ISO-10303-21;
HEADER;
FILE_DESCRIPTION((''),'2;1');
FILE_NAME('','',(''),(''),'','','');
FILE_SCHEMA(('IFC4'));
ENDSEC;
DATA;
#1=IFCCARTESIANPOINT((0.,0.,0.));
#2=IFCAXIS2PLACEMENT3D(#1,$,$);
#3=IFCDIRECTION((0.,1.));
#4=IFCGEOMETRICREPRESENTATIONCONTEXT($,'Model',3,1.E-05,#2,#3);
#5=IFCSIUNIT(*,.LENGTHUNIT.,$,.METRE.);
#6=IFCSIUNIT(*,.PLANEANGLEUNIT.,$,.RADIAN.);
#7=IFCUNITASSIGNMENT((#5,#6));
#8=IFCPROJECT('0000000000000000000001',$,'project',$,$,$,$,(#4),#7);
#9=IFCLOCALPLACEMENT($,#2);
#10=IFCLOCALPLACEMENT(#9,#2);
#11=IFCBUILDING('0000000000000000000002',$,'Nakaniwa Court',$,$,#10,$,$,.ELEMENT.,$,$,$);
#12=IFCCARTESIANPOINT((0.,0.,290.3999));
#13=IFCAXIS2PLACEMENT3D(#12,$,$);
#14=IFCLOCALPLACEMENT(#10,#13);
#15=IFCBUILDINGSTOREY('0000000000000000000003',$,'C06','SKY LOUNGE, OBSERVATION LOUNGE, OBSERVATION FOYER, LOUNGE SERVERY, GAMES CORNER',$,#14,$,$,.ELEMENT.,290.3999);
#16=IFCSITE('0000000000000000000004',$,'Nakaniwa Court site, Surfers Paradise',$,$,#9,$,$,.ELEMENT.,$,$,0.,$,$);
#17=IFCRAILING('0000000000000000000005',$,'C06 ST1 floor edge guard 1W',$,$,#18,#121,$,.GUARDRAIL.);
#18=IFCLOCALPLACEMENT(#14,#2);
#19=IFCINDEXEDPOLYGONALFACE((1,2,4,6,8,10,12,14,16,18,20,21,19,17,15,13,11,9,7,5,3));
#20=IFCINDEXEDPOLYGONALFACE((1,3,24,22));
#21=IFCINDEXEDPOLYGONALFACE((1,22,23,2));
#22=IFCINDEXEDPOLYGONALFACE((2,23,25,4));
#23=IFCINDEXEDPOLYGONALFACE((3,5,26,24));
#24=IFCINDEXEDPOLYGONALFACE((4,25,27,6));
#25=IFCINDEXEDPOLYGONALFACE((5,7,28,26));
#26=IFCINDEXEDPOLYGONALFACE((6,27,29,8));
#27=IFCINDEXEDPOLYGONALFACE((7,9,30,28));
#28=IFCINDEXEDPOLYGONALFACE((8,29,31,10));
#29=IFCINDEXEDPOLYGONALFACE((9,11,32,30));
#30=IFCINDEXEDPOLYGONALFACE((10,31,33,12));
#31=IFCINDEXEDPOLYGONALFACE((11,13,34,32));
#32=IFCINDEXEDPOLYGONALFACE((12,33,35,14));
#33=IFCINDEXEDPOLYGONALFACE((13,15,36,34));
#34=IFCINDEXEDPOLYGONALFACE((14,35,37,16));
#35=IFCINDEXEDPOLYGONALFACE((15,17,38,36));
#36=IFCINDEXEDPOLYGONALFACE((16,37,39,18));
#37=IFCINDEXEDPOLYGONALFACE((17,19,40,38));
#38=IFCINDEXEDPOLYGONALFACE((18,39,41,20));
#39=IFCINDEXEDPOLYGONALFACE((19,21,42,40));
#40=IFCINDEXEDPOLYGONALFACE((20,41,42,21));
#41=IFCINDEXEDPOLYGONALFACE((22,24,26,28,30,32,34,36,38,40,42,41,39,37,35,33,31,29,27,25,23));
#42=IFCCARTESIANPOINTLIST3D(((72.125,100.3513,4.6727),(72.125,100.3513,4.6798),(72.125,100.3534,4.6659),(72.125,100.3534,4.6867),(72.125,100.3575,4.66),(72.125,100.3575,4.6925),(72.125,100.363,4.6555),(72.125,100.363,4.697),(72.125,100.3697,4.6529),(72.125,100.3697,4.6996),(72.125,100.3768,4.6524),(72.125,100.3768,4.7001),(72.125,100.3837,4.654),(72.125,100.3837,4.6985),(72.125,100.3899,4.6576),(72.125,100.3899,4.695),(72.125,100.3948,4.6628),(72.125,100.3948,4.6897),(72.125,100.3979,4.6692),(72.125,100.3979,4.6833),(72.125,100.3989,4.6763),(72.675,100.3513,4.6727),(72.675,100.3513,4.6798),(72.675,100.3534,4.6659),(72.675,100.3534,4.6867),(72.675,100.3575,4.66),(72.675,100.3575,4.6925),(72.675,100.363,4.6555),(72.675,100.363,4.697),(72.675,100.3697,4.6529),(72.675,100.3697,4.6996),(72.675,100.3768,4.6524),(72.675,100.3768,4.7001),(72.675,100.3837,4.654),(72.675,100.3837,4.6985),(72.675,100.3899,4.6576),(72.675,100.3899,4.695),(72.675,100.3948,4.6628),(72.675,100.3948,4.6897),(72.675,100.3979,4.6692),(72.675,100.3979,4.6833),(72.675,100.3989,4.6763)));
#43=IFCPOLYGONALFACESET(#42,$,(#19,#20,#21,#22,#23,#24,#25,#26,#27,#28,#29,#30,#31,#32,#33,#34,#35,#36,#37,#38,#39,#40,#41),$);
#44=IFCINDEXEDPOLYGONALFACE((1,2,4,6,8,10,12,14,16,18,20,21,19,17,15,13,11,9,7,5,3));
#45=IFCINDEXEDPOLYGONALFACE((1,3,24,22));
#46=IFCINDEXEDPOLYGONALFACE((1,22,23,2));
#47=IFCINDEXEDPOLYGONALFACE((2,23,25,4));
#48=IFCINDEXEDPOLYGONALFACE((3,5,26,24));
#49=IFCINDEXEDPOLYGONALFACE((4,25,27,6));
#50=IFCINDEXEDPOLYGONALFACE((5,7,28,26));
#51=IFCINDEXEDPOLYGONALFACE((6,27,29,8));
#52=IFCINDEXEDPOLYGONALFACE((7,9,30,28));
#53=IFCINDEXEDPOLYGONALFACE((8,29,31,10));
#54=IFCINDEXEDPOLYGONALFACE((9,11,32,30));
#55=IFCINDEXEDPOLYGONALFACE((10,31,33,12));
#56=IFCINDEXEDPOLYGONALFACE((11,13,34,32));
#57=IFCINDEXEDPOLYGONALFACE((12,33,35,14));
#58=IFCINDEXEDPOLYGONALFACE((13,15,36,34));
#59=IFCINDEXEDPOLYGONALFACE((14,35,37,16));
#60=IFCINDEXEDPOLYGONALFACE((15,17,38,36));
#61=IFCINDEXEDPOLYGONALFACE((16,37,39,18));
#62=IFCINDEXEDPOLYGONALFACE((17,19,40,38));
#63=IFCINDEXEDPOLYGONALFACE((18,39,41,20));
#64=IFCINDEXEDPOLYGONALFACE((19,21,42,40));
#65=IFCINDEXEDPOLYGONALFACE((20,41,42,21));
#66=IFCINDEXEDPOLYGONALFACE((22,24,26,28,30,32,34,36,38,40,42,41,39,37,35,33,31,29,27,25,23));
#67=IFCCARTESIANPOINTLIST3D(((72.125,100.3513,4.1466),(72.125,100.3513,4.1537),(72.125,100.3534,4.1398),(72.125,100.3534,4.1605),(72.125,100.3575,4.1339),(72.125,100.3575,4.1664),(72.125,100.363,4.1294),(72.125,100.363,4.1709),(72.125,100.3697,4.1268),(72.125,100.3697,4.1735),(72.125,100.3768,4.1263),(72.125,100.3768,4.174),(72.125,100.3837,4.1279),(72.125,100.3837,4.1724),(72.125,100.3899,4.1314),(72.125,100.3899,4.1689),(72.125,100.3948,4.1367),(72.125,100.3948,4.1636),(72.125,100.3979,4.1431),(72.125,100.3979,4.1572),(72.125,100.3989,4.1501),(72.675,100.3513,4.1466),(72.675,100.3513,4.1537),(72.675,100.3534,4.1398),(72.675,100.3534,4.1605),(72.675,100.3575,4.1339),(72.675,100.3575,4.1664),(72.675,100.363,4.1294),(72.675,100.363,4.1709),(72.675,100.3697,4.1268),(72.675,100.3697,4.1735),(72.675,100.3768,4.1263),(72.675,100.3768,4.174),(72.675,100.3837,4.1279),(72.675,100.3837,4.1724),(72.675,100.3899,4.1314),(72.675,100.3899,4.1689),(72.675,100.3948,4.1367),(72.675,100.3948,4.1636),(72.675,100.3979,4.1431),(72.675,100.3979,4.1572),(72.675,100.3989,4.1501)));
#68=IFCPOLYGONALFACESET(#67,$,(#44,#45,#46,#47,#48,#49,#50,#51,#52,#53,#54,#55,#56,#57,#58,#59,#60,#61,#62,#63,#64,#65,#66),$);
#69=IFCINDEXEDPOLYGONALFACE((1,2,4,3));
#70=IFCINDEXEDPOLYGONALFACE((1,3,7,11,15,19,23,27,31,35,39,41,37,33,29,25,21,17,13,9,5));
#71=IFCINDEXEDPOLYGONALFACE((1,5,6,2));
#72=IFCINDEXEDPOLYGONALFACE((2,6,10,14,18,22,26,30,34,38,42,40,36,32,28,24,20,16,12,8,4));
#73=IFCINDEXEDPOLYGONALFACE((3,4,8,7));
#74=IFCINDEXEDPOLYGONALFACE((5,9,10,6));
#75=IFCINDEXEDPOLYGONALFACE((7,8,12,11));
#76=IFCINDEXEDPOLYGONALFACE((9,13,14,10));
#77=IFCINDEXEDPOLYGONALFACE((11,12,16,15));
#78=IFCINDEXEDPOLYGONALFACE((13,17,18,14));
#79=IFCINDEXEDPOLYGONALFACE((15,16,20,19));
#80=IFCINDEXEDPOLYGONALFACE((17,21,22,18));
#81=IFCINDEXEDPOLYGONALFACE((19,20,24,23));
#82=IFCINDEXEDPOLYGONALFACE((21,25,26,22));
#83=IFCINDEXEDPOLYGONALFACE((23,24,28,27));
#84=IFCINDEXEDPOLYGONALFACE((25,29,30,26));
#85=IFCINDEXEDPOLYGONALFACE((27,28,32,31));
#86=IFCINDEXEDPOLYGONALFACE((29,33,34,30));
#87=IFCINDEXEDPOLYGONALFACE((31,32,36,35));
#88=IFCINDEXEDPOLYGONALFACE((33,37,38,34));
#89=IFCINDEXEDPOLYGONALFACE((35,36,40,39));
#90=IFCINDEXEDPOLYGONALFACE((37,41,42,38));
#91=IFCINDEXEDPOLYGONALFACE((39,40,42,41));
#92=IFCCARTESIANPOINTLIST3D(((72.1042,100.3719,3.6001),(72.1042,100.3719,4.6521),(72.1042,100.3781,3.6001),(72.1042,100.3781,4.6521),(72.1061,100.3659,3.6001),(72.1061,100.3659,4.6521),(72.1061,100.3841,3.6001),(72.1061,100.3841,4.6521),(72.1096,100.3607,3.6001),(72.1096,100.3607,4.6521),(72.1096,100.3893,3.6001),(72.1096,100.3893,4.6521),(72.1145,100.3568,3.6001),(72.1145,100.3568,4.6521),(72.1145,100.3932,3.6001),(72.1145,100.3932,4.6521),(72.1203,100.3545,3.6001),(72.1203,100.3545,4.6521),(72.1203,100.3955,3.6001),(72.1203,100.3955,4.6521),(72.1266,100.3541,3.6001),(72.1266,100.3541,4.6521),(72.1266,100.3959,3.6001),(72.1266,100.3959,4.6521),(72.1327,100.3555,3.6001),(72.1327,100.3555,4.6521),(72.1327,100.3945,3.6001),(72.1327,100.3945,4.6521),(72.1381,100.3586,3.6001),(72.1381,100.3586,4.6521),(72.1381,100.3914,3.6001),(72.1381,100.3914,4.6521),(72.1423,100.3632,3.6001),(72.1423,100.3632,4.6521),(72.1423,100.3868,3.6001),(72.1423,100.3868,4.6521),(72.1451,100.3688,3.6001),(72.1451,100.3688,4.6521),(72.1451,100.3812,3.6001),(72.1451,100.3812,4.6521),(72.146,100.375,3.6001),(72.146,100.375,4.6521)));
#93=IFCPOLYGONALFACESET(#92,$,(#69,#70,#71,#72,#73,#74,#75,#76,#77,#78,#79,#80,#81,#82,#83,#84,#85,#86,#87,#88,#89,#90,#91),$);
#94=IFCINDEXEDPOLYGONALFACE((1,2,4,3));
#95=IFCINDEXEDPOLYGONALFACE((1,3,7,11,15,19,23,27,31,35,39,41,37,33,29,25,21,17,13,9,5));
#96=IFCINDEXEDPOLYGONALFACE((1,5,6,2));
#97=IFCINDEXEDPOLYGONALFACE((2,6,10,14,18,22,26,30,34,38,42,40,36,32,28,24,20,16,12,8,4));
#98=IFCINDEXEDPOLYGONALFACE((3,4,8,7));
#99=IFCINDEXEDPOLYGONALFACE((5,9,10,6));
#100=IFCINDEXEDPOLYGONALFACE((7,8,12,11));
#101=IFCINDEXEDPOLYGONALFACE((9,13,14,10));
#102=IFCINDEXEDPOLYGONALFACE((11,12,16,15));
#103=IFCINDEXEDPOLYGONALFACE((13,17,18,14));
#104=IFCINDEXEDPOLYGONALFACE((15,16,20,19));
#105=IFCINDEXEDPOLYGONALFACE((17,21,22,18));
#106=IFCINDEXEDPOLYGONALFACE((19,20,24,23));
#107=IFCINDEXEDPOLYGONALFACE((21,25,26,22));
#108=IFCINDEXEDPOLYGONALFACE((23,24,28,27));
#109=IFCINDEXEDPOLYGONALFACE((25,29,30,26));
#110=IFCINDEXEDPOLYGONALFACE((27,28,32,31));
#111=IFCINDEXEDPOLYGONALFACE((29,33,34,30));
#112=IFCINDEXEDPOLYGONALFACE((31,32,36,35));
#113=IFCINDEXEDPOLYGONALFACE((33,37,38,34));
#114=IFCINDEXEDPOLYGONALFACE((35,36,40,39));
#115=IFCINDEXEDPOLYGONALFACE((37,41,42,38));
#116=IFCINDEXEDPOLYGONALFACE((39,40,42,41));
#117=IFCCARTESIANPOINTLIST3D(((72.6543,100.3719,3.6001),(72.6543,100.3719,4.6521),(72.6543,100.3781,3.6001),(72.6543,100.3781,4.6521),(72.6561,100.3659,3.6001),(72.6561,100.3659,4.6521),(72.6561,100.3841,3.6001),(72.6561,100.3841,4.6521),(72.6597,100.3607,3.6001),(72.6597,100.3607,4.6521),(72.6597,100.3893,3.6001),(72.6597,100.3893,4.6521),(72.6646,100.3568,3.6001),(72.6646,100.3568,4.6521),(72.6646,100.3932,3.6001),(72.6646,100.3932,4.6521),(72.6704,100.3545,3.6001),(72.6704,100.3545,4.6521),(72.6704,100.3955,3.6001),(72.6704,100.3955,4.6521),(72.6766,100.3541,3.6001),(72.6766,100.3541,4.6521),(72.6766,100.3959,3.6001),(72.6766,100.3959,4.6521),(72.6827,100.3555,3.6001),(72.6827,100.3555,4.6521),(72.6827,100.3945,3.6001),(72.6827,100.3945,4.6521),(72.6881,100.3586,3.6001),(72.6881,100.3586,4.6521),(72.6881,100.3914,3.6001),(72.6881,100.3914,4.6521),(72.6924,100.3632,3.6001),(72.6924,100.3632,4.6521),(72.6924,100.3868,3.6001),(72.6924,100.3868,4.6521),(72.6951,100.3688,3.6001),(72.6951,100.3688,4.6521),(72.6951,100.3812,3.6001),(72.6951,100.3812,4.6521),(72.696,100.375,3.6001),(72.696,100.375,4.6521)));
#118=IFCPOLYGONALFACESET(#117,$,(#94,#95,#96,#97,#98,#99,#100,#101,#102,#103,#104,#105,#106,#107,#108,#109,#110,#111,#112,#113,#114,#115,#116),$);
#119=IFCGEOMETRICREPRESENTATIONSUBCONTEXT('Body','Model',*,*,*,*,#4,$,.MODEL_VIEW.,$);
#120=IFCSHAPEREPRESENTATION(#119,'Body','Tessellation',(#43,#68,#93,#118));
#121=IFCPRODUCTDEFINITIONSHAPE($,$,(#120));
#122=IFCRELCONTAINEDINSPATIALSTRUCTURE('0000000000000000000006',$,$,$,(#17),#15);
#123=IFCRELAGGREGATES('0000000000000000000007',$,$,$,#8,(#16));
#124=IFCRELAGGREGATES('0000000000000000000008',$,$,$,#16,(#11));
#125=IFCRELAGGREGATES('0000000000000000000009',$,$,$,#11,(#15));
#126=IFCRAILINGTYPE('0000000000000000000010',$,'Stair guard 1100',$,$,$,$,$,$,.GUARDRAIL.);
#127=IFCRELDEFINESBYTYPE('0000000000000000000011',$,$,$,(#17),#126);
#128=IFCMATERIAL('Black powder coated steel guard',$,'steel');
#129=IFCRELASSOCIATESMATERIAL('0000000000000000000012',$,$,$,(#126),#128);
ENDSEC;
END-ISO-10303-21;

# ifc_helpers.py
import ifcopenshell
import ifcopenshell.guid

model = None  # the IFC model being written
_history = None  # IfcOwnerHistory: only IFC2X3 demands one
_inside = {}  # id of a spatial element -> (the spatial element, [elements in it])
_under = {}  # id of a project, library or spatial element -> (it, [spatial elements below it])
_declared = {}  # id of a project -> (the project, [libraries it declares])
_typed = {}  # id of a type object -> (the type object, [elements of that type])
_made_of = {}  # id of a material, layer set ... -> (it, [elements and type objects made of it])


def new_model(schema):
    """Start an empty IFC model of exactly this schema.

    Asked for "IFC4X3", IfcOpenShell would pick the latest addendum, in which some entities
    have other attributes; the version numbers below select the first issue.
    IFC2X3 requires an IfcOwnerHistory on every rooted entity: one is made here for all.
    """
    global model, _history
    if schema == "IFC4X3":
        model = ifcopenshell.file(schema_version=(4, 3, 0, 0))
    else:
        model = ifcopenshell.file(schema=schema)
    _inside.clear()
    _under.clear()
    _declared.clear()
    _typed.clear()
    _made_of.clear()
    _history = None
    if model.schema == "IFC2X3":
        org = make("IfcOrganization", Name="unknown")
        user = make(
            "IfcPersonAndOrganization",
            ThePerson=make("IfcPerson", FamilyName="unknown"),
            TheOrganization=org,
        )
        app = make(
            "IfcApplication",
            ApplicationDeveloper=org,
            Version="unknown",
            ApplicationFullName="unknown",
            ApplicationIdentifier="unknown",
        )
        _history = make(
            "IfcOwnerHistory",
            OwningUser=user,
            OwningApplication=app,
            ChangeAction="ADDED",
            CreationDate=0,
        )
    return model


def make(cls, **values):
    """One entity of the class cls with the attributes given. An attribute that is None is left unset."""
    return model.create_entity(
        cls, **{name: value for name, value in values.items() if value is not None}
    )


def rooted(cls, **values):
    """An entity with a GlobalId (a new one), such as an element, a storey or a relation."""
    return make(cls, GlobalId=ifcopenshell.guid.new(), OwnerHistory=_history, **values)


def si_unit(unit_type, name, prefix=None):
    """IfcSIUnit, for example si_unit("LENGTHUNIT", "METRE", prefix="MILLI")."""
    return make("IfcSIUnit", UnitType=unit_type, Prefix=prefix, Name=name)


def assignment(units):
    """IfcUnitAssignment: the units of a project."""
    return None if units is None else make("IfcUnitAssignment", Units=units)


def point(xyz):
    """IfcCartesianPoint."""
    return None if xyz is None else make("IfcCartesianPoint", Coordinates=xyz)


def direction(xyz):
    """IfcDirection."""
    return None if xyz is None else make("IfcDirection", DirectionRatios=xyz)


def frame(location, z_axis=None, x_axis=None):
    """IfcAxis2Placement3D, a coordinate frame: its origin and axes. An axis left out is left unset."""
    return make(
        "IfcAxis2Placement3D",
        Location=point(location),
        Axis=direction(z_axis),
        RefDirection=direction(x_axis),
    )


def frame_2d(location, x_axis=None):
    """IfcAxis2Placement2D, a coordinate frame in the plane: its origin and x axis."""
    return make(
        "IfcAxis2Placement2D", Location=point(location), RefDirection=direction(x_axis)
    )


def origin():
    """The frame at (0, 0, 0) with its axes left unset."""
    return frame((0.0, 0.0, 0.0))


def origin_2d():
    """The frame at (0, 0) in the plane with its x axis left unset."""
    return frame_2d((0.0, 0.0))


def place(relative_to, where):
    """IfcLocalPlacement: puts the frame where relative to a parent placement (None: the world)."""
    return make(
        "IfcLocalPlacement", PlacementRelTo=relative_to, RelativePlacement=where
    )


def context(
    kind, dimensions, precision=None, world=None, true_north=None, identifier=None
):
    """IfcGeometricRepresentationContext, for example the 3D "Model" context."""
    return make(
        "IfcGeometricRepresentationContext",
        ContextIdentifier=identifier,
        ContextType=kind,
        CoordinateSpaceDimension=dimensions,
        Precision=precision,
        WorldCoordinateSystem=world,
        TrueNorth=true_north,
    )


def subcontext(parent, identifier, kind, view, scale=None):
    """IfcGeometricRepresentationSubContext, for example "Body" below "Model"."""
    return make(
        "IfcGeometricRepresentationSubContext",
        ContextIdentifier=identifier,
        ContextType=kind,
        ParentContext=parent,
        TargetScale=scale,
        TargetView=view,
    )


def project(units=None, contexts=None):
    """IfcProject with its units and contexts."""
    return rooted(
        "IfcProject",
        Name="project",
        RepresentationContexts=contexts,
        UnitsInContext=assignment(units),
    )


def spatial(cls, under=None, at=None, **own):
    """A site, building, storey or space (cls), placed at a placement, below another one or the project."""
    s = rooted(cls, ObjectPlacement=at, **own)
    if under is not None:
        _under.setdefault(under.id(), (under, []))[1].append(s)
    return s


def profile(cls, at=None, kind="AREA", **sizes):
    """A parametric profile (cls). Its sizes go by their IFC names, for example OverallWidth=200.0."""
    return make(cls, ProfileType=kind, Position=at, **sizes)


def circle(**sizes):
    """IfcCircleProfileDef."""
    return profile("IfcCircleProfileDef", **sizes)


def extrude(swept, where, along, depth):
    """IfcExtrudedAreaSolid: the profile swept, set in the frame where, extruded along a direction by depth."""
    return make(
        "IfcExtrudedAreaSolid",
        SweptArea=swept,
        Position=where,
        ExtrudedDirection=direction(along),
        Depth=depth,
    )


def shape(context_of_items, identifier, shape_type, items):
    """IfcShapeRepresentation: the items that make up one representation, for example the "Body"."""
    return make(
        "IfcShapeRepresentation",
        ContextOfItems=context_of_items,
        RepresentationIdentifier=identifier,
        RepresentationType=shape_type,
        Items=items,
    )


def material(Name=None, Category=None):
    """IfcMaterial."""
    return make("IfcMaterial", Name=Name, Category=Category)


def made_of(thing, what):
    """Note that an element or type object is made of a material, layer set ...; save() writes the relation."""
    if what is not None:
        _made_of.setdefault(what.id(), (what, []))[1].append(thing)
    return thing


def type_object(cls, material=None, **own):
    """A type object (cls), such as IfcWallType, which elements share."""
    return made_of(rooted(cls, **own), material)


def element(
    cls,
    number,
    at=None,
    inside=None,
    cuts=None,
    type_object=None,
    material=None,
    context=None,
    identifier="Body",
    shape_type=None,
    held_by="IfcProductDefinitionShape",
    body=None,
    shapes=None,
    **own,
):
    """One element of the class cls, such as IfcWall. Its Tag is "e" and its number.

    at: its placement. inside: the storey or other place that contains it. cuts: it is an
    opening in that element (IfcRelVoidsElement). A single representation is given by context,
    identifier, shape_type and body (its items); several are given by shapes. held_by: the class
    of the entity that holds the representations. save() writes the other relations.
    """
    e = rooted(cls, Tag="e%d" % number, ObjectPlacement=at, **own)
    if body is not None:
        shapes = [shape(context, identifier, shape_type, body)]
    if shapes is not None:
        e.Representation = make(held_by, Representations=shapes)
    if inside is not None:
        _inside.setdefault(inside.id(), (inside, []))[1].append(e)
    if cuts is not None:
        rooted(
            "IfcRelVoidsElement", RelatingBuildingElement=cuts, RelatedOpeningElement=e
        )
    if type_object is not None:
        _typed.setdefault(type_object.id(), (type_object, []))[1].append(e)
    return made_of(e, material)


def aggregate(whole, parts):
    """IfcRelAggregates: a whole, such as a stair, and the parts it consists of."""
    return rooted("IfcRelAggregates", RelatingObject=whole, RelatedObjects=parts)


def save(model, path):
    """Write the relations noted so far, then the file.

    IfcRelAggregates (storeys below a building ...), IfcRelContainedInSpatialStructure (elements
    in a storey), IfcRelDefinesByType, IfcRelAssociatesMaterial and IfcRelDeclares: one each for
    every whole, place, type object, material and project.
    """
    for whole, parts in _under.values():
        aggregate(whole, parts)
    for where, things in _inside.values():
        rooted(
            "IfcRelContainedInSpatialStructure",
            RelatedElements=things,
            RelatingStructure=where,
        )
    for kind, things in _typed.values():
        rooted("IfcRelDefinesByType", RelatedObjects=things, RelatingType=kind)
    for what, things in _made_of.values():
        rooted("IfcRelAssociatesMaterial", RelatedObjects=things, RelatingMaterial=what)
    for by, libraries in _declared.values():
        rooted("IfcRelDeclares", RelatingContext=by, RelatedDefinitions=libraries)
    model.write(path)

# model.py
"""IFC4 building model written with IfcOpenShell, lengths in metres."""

from ifc_helpers import new_model, si_unit, direction, frame, origin, origin_2d, place, context, subcontext, project, spatial, circle, extrude, material, type_object, element, save


model = new_model("IFC4")

# Units and contexts
model_context = context("Model", 3, precision=1e-05, world=origin(), true_north=direction((0.0, 1.0)))
body_context = subcontext(model_context, "Body", "Model", "MODEL_VIEW")
ifc_project = project(units=[si_unit("LENGTHUNIT", "METRE"), si_unit("PLANEANGLEUNIT", "RADIAN")], contexts=[model_context])

# Site, building, storey
site_placement = place(None, origin())
site = spatial("IfcSite", under=ifc_project, at=site_placement, Name="Nakaniwa Court site, Surfers Paradise", CompositionType="ELEMENT", RefElevation=0.0)
building_placement = place(site_placement, origin())
building = spatial("IfcBuilding", under=site, at=building_placement, Name="Nakaniwa Court", CompositionType="ELEMENT")
storey_placement = place(building_placement, frame((0.0, 0.0, 290.3999)))
storey = spatial("IfcBuildingStorey", under=building, at=storey_placement, Name="C06", Description="SKY LOUNGE, OBSERVATION LOUNGE, OBSERVATION FOYER, LOUNGE SERVERY, GAMES CORNER", CompositionType="ELEMENT", Elevation=290.3999)

# Railing
ifc_material_1 = material(Name="Black powder coated steel guard", Category="steel")
railing_type_1 = type_object("IfcRailingType", Name="Stair guard 1100", PredefinedType="GUARDRAIL", material=ifc_material_1)
for number, where, name in (
    (1, (72.125, 100.375, 3.6001), "C06 ST1 floor edge guard 1W"),
):
    element("IfcRailing", number, at=place(storey_placement, frame(where)), inside=storey, type_object=railing_type_1, Name=name, PredefinedType="GUARDRAIL", context=body_context, shape_type="SweptSolid", body=[
        extrude(circle(Radius=0.0239, at=origin_2d()), frame((0.0, 0.0, 1.0762), z_axis=(1.0, 0.0, 0.0), x_axis=(0.0, 1.0, 0.0)), (0.0, 0.0, 1.0), 0.55),
        extrude(circle(Radius=0.0239, at=origin_2d()), frame((0.0, 0.0, 0.55), z_axis=(1.0, 0.0, 0.0), x_axis=(0.0, 1.0, 0.0)), (0.0, 0.0, 1.0), 0.55),
        extrude(circle(Radius=0.021, at=origin_2d()), origin(), (0.0, 0.0, 1.0), 1.052),
        extrude(circle(Radius=0.021, at=origin_2d()), frame((0.55, 0.0, 0.0)), (0.0, 0.0, 1.0), 1.052),
    ])

save(model, "model.ifc")
